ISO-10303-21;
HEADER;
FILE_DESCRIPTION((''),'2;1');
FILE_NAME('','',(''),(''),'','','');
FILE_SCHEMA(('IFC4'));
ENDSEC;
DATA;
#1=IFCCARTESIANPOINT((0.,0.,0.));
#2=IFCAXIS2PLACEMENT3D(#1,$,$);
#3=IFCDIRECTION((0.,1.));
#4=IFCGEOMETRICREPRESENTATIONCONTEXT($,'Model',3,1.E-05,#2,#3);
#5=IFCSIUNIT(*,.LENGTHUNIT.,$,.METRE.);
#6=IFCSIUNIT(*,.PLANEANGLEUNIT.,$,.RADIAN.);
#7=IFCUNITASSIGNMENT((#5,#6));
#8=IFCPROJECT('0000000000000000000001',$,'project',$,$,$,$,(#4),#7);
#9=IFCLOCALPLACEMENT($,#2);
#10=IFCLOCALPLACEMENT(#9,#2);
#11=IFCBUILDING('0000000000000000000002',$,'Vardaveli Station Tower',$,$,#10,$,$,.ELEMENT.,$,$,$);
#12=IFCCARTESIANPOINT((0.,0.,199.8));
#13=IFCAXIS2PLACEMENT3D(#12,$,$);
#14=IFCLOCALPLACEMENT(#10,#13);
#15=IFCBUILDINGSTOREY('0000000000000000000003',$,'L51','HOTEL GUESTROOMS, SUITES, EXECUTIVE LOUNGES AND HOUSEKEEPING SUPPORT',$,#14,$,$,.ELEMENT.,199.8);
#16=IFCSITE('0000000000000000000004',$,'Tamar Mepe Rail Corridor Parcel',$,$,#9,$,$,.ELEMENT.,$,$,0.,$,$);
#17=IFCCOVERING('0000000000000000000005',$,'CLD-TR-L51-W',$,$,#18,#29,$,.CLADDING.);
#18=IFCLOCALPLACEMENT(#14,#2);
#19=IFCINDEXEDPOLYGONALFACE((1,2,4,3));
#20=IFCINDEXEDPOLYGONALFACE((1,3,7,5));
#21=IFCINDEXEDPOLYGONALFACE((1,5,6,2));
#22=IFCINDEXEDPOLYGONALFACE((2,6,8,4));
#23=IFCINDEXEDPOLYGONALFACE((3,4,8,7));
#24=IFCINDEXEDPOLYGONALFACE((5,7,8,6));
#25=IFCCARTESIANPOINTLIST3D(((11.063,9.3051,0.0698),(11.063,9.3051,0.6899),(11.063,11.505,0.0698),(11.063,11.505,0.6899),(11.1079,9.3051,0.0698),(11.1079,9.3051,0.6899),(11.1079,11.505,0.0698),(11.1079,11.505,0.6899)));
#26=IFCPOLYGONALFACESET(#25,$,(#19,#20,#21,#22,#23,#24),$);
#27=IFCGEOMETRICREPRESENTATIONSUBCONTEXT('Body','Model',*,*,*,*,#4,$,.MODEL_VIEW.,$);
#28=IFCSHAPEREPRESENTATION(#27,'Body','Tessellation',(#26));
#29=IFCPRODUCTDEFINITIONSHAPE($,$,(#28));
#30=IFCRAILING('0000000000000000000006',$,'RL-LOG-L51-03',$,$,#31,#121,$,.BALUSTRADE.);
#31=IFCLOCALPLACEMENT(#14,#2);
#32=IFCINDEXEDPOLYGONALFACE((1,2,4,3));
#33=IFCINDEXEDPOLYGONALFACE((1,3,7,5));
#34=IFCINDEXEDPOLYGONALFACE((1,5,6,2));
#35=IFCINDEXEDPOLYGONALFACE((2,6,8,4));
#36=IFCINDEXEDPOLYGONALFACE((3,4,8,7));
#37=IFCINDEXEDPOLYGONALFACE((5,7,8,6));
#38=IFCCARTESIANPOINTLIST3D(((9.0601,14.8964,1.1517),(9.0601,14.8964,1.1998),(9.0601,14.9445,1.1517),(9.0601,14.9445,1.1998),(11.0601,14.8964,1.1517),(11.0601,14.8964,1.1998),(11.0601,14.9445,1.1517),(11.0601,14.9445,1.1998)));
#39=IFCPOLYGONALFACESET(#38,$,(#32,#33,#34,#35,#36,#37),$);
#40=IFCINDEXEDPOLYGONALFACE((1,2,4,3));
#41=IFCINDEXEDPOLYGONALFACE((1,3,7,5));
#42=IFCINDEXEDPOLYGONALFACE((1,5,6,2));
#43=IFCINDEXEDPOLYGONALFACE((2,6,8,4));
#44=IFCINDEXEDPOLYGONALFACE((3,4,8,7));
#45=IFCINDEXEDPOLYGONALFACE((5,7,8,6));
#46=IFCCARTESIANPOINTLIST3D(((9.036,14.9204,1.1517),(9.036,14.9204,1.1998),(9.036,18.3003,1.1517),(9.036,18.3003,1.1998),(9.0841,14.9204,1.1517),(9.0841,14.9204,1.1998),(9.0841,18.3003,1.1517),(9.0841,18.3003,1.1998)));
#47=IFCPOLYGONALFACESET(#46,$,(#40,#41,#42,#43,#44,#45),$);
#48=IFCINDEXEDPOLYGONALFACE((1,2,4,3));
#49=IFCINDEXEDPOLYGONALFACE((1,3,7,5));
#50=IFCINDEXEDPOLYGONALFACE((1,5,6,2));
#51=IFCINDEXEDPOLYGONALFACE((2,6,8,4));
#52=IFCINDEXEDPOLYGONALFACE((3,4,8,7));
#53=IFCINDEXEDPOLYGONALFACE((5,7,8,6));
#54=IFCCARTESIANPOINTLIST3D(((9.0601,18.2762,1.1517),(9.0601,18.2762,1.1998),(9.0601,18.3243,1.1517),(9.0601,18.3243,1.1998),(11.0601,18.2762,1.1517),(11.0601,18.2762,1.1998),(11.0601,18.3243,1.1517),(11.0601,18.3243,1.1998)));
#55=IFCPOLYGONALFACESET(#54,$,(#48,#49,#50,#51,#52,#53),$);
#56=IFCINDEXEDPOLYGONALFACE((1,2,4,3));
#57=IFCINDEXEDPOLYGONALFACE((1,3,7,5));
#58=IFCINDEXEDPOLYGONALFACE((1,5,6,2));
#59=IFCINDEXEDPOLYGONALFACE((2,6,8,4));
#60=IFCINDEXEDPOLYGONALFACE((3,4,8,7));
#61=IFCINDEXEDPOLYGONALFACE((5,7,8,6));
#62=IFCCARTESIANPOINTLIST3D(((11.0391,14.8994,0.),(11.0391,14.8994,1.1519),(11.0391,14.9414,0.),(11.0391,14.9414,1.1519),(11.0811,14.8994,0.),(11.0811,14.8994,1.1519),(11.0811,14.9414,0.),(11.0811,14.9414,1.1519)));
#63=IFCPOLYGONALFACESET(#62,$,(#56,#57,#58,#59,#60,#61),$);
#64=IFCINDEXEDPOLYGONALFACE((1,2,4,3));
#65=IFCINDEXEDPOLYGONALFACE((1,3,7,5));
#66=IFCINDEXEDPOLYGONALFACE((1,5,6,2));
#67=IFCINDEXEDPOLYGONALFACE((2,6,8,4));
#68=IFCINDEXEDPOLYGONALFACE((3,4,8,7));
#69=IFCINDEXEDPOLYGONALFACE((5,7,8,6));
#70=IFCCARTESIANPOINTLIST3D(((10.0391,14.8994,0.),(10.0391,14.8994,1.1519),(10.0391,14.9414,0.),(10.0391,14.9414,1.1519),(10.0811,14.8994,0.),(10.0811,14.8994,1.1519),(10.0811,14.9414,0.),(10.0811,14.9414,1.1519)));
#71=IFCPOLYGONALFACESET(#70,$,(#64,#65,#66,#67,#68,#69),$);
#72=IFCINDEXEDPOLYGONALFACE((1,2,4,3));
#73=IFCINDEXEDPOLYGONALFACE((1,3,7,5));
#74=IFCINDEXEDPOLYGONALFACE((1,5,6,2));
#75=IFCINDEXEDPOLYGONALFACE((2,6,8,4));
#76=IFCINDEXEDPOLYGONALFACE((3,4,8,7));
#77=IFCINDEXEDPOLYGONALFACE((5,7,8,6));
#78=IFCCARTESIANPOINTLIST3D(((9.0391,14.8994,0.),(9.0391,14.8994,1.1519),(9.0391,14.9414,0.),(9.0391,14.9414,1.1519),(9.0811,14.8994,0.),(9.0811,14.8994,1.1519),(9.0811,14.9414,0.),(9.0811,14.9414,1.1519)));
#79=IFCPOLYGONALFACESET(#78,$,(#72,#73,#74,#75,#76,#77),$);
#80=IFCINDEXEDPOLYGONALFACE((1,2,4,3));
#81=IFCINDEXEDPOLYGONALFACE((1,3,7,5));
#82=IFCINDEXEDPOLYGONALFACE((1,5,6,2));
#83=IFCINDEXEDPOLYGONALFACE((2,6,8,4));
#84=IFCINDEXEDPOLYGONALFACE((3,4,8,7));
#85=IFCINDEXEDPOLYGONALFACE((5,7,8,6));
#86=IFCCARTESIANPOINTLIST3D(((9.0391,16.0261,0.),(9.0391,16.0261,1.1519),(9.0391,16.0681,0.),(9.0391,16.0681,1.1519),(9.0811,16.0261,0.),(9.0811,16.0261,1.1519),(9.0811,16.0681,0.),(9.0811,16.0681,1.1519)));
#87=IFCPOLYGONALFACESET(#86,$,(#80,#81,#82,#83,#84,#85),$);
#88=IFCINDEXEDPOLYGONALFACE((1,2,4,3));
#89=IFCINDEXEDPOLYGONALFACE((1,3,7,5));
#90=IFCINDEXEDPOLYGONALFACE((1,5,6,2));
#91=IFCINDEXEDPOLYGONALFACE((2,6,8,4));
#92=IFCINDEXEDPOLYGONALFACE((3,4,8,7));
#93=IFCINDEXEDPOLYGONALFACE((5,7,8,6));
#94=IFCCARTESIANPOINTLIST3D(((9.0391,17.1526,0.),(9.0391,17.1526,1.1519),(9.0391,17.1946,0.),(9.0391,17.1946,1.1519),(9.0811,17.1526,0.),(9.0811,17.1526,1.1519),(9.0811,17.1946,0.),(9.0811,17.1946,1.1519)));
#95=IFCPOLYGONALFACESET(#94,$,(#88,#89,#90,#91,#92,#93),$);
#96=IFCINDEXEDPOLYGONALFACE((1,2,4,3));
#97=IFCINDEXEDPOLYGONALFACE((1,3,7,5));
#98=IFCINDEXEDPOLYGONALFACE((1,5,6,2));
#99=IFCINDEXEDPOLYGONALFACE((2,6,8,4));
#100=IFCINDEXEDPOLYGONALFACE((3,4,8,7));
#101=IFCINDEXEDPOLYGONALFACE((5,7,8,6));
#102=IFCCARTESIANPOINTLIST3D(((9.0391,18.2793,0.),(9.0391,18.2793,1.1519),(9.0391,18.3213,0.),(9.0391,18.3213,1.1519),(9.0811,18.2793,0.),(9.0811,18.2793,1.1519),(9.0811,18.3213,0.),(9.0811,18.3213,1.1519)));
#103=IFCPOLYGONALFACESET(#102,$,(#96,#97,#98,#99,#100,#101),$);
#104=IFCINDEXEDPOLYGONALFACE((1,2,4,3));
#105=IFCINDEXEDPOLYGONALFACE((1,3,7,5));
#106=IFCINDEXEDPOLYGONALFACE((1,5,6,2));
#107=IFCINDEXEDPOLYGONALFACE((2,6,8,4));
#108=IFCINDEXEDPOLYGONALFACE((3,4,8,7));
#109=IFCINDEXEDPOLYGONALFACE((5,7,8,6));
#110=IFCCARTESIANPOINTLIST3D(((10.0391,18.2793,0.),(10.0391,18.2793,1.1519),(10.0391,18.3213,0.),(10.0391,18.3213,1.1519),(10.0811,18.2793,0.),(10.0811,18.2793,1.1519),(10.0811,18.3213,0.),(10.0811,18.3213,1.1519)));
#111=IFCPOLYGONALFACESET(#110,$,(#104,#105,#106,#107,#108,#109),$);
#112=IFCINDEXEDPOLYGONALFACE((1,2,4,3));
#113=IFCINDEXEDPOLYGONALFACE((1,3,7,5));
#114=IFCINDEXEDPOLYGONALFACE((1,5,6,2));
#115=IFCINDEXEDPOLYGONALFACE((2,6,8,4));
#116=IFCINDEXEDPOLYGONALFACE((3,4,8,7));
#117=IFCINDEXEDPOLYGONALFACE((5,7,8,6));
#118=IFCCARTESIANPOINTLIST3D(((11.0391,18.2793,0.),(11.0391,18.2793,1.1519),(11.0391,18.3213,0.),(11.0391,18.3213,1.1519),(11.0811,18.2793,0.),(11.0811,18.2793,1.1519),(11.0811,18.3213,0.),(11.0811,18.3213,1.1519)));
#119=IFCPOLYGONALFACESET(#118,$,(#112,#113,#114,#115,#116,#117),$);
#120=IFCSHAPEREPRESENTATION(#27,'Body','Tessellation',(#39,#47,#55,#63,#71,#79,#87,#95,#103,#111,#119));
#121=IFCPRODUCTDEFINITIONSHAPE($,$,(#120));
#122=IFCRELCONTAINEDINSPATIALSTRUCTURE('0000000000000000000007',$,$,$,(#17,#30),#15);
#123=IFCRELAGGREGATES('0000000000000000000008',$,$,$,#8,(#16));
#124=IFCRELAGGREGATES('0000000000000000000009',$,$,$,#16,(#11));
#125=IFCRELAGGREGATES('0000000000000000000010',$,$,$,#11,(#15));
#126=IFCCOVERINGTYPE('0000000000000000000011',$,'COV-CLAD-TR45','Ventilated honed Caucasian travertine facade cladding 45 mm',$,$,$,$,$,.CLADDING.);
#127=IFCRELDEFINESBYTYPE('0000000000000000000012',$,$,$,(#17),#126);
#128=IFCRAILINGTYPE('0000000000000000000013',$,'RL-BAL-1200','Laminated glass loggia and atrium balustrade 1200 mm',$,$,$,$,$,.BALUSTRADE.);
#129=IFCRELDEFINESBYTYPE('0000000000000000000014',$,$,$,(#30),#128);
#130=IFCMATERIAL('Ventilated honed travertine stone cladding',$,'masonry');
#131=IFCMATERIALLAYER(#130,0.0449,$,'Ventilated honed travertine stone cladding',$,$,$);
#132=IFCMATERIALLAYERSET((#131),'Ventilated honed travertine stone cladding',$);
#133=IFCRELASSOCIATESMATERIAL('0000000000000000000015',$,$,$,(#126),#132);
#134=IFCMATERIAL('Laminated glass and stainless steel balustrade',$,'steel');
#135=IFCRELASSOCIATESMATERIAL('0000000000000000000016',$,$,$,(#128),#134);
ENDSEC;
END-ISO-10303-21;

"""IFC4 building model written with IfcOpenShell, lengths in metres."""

from ifc_helpers import new_model, si_unit, direction, frame, origin, origin_2d, place, context, subcontext, project, spatial, rectangle, extrude, source, transform, mapped, material, layer, layer_set, type_object, element, save


model = new_model("IFC4")

# Units and contexts
model_context = context("Model", 3, precision=1e-05, world=origin(), true_north=direction((0.0, 1.0)))
body_context = subcontext(model_context, "Body", "Model", "MODEL_VIEW")
ifc_project = project(units=[si_unit("LENGTHUNIT", "METRE"), si_unit("PLANEANGLEUNIT", "RADIAN")], contexts=[model_context])

# Site, building, storey
site_placement = place(None, origin())
site = spatial("IfcSite", under=ifc_project, at=site_placement, Name="Tamar Mepe Rail Corridor Parcel", CompositionType="ELEMENT", RefElevation=0.0)
building_placement = place(site_placement, origin())
building = spatial("IfcBuilding", under=site, at=building_placement, Name="Vardaveli Station Tower", CompositionType="ELEMENT")
storey_placement = place(building_placement, frame((0.0, 0.0, 199.8)))
storey = spatial("IfcBuildingStorey", under=building, at=storey_placement, Name="L51", Description="HOTEL GUESTROOMS, SUITES, EXECUTIVE LOUNGES AND HOUSEKEEPING SUPPORT", CompositionType="ELEMENT", Elevation=199.8)

# Covering
ifc_material_1 = material(Name="Ventilated honed travertine stone cladding", Category="masonry")
ifc_layer_1 = layer(ifc_material_1, 0.0449, Name="Ventilated honed travertine stone cladding")
ifc_layer_set_1 = layer_set([ifc_layer_1], Name="Ventilated honed travertine stone cladding")
covering_type = type_object("IfcCoveringType", Name="COV-CLAD-TR45", Description="Ventilated honed Caucasian travertine facade cladding 45 mm", PredefinedType="CLADDING", material=ifc_layer_set_1)
shared_shape_1 = source(origin(), body_context, "Body", "SweptSolid", [
    extrude(rectangle(XDim=2.2, YDim=0.0449, at=origin_2d()), origin(), (0.0, 0.0, 1.0), 0.6201),
])
covering_placement = place(storey_placement, frame((11.0854, 10.405, 0.0698), z_axis=(0.0, 0.0, 1.0), x_axis=(0.0, 1.0, 0.0)))
element("IfcCovering", 1, at=covering_placement, inside=storey, type_object=covering_type, Name="CLD-TR-L51-W", PredefinedType="CLADDING", context=body_context, shape_type="MappedRepresentation", body=[
    mapped(shared_shape_1, transform((0.0, 0.0, 0.0), scale=1.0)),
])

# Railing
ifc_material_2 = material(Name="Laminated glass and stainless steel balustrade", Category="steel")
railing_type = type_object("IfcRailingType", Name="RL-BAL-1200", Description="Laminated glass loggia and atrium balustrade 1200 mm", PredefinedType="BALUSTRADE", material=ifc_material_2)
shared_shape_2 = source(origin(), body_context, "Body", "SweptSolid", [
    extrude(rectangle(XDim=0.0481, YDim=0.0481, at=origin_2d()), frame((0.0, 0.0, 1.1758), z_axis=(-1.0, 0.0, 0.0), x_axis=(0.0, -1.0, 0.0)), (0.0, 0.0, 1.0), 2.0),
    extrude(rectangle(XDim=0.0481, YDim=0.0481, at=origin_2d()), frame((-2.0, 0.0, 1.1758), z_axis=(0.0, 1.0, 0.0), x_axis=(-1.0, 0.0, 0.0)), (0.0, 0.0, 1.0), 3.3799),
    extrude(rectangle(XDim=0.0481, YDim=0.0481, at=origin_2d()), frame((-2.0, 3.3799, 1.1758), z_axis=(1.0, 0.0, 0.0), x_axis=(0.0, 1.0, 0.0)), (0.0, 0.0, 1.0), 2.0),
    extrude(rectangle(XDim=0.042, YDim=0.042, at=origin_2d()), origin(), (0.0, 0.0, 1.0), 1.1519),
    extrude(rectangle(XDim=0.042, YDim=0.042, at=origin_2d()), frame((-1.0, 0.0, 0.0)), (0.0, 0.0, 1.0), 1.1519),
    extrude(rectangle(XDim=0.042, YDim=0.042, at=origin_2d()), frame((-2.0, 0.0, 0.0)), (0.0, 0.0, 1.0), 1.1519),
    extrude(rectangle(XDim=0.042, YDim=0.042, at=origin_2d()), frame((-2.0, 1.1267, 0.0)), (0.0, 0.0, 1.0), 1.1519),
    extrude(rectangle(XDim=0.042, YDim=0.042, at=origin_2d()), frame((-2.0, 2.2532, 0.0)), (0.0, 0.0, 1.0), 1.1519),
    extrude(rectangle(XDim=0.042, YDim=0.042, at=origin_2d()), frame((-2.0, 3.3799, 0.0)), (0.0, 0.0, 1.0), 1.1519),
    extrude(rectangle(XDim=0.042, YDim=0.042, at=origin_2d()), frame((-1.0, 3.3799, 0.0)), (0.0, 0.0, 1.0), 1.1519),
    extrude(rectangle(XDim=0.042, YDim=0.042, at=origin_2d()), frame((0.0, 3.3799, 0.0)), (0.0, 0.0, 1.0), 1.1519),
])
railing_placement = place(storey_placement, frame((11.0601, 14.9204, 0.0)))
element("IfcRailing", 2, at=railing_placement, inside=storey, type_object=railing_type, Name="RL-LOG-L51-03", PredefinedType="BALUSTRADE", context=body_context, shape_type="MappedRepresentation", body=[
    mapped(shared_shape_2, transform((0.0, 0.0, 0.0), scale=1.0)),
])

save(model, "model.ifc")
